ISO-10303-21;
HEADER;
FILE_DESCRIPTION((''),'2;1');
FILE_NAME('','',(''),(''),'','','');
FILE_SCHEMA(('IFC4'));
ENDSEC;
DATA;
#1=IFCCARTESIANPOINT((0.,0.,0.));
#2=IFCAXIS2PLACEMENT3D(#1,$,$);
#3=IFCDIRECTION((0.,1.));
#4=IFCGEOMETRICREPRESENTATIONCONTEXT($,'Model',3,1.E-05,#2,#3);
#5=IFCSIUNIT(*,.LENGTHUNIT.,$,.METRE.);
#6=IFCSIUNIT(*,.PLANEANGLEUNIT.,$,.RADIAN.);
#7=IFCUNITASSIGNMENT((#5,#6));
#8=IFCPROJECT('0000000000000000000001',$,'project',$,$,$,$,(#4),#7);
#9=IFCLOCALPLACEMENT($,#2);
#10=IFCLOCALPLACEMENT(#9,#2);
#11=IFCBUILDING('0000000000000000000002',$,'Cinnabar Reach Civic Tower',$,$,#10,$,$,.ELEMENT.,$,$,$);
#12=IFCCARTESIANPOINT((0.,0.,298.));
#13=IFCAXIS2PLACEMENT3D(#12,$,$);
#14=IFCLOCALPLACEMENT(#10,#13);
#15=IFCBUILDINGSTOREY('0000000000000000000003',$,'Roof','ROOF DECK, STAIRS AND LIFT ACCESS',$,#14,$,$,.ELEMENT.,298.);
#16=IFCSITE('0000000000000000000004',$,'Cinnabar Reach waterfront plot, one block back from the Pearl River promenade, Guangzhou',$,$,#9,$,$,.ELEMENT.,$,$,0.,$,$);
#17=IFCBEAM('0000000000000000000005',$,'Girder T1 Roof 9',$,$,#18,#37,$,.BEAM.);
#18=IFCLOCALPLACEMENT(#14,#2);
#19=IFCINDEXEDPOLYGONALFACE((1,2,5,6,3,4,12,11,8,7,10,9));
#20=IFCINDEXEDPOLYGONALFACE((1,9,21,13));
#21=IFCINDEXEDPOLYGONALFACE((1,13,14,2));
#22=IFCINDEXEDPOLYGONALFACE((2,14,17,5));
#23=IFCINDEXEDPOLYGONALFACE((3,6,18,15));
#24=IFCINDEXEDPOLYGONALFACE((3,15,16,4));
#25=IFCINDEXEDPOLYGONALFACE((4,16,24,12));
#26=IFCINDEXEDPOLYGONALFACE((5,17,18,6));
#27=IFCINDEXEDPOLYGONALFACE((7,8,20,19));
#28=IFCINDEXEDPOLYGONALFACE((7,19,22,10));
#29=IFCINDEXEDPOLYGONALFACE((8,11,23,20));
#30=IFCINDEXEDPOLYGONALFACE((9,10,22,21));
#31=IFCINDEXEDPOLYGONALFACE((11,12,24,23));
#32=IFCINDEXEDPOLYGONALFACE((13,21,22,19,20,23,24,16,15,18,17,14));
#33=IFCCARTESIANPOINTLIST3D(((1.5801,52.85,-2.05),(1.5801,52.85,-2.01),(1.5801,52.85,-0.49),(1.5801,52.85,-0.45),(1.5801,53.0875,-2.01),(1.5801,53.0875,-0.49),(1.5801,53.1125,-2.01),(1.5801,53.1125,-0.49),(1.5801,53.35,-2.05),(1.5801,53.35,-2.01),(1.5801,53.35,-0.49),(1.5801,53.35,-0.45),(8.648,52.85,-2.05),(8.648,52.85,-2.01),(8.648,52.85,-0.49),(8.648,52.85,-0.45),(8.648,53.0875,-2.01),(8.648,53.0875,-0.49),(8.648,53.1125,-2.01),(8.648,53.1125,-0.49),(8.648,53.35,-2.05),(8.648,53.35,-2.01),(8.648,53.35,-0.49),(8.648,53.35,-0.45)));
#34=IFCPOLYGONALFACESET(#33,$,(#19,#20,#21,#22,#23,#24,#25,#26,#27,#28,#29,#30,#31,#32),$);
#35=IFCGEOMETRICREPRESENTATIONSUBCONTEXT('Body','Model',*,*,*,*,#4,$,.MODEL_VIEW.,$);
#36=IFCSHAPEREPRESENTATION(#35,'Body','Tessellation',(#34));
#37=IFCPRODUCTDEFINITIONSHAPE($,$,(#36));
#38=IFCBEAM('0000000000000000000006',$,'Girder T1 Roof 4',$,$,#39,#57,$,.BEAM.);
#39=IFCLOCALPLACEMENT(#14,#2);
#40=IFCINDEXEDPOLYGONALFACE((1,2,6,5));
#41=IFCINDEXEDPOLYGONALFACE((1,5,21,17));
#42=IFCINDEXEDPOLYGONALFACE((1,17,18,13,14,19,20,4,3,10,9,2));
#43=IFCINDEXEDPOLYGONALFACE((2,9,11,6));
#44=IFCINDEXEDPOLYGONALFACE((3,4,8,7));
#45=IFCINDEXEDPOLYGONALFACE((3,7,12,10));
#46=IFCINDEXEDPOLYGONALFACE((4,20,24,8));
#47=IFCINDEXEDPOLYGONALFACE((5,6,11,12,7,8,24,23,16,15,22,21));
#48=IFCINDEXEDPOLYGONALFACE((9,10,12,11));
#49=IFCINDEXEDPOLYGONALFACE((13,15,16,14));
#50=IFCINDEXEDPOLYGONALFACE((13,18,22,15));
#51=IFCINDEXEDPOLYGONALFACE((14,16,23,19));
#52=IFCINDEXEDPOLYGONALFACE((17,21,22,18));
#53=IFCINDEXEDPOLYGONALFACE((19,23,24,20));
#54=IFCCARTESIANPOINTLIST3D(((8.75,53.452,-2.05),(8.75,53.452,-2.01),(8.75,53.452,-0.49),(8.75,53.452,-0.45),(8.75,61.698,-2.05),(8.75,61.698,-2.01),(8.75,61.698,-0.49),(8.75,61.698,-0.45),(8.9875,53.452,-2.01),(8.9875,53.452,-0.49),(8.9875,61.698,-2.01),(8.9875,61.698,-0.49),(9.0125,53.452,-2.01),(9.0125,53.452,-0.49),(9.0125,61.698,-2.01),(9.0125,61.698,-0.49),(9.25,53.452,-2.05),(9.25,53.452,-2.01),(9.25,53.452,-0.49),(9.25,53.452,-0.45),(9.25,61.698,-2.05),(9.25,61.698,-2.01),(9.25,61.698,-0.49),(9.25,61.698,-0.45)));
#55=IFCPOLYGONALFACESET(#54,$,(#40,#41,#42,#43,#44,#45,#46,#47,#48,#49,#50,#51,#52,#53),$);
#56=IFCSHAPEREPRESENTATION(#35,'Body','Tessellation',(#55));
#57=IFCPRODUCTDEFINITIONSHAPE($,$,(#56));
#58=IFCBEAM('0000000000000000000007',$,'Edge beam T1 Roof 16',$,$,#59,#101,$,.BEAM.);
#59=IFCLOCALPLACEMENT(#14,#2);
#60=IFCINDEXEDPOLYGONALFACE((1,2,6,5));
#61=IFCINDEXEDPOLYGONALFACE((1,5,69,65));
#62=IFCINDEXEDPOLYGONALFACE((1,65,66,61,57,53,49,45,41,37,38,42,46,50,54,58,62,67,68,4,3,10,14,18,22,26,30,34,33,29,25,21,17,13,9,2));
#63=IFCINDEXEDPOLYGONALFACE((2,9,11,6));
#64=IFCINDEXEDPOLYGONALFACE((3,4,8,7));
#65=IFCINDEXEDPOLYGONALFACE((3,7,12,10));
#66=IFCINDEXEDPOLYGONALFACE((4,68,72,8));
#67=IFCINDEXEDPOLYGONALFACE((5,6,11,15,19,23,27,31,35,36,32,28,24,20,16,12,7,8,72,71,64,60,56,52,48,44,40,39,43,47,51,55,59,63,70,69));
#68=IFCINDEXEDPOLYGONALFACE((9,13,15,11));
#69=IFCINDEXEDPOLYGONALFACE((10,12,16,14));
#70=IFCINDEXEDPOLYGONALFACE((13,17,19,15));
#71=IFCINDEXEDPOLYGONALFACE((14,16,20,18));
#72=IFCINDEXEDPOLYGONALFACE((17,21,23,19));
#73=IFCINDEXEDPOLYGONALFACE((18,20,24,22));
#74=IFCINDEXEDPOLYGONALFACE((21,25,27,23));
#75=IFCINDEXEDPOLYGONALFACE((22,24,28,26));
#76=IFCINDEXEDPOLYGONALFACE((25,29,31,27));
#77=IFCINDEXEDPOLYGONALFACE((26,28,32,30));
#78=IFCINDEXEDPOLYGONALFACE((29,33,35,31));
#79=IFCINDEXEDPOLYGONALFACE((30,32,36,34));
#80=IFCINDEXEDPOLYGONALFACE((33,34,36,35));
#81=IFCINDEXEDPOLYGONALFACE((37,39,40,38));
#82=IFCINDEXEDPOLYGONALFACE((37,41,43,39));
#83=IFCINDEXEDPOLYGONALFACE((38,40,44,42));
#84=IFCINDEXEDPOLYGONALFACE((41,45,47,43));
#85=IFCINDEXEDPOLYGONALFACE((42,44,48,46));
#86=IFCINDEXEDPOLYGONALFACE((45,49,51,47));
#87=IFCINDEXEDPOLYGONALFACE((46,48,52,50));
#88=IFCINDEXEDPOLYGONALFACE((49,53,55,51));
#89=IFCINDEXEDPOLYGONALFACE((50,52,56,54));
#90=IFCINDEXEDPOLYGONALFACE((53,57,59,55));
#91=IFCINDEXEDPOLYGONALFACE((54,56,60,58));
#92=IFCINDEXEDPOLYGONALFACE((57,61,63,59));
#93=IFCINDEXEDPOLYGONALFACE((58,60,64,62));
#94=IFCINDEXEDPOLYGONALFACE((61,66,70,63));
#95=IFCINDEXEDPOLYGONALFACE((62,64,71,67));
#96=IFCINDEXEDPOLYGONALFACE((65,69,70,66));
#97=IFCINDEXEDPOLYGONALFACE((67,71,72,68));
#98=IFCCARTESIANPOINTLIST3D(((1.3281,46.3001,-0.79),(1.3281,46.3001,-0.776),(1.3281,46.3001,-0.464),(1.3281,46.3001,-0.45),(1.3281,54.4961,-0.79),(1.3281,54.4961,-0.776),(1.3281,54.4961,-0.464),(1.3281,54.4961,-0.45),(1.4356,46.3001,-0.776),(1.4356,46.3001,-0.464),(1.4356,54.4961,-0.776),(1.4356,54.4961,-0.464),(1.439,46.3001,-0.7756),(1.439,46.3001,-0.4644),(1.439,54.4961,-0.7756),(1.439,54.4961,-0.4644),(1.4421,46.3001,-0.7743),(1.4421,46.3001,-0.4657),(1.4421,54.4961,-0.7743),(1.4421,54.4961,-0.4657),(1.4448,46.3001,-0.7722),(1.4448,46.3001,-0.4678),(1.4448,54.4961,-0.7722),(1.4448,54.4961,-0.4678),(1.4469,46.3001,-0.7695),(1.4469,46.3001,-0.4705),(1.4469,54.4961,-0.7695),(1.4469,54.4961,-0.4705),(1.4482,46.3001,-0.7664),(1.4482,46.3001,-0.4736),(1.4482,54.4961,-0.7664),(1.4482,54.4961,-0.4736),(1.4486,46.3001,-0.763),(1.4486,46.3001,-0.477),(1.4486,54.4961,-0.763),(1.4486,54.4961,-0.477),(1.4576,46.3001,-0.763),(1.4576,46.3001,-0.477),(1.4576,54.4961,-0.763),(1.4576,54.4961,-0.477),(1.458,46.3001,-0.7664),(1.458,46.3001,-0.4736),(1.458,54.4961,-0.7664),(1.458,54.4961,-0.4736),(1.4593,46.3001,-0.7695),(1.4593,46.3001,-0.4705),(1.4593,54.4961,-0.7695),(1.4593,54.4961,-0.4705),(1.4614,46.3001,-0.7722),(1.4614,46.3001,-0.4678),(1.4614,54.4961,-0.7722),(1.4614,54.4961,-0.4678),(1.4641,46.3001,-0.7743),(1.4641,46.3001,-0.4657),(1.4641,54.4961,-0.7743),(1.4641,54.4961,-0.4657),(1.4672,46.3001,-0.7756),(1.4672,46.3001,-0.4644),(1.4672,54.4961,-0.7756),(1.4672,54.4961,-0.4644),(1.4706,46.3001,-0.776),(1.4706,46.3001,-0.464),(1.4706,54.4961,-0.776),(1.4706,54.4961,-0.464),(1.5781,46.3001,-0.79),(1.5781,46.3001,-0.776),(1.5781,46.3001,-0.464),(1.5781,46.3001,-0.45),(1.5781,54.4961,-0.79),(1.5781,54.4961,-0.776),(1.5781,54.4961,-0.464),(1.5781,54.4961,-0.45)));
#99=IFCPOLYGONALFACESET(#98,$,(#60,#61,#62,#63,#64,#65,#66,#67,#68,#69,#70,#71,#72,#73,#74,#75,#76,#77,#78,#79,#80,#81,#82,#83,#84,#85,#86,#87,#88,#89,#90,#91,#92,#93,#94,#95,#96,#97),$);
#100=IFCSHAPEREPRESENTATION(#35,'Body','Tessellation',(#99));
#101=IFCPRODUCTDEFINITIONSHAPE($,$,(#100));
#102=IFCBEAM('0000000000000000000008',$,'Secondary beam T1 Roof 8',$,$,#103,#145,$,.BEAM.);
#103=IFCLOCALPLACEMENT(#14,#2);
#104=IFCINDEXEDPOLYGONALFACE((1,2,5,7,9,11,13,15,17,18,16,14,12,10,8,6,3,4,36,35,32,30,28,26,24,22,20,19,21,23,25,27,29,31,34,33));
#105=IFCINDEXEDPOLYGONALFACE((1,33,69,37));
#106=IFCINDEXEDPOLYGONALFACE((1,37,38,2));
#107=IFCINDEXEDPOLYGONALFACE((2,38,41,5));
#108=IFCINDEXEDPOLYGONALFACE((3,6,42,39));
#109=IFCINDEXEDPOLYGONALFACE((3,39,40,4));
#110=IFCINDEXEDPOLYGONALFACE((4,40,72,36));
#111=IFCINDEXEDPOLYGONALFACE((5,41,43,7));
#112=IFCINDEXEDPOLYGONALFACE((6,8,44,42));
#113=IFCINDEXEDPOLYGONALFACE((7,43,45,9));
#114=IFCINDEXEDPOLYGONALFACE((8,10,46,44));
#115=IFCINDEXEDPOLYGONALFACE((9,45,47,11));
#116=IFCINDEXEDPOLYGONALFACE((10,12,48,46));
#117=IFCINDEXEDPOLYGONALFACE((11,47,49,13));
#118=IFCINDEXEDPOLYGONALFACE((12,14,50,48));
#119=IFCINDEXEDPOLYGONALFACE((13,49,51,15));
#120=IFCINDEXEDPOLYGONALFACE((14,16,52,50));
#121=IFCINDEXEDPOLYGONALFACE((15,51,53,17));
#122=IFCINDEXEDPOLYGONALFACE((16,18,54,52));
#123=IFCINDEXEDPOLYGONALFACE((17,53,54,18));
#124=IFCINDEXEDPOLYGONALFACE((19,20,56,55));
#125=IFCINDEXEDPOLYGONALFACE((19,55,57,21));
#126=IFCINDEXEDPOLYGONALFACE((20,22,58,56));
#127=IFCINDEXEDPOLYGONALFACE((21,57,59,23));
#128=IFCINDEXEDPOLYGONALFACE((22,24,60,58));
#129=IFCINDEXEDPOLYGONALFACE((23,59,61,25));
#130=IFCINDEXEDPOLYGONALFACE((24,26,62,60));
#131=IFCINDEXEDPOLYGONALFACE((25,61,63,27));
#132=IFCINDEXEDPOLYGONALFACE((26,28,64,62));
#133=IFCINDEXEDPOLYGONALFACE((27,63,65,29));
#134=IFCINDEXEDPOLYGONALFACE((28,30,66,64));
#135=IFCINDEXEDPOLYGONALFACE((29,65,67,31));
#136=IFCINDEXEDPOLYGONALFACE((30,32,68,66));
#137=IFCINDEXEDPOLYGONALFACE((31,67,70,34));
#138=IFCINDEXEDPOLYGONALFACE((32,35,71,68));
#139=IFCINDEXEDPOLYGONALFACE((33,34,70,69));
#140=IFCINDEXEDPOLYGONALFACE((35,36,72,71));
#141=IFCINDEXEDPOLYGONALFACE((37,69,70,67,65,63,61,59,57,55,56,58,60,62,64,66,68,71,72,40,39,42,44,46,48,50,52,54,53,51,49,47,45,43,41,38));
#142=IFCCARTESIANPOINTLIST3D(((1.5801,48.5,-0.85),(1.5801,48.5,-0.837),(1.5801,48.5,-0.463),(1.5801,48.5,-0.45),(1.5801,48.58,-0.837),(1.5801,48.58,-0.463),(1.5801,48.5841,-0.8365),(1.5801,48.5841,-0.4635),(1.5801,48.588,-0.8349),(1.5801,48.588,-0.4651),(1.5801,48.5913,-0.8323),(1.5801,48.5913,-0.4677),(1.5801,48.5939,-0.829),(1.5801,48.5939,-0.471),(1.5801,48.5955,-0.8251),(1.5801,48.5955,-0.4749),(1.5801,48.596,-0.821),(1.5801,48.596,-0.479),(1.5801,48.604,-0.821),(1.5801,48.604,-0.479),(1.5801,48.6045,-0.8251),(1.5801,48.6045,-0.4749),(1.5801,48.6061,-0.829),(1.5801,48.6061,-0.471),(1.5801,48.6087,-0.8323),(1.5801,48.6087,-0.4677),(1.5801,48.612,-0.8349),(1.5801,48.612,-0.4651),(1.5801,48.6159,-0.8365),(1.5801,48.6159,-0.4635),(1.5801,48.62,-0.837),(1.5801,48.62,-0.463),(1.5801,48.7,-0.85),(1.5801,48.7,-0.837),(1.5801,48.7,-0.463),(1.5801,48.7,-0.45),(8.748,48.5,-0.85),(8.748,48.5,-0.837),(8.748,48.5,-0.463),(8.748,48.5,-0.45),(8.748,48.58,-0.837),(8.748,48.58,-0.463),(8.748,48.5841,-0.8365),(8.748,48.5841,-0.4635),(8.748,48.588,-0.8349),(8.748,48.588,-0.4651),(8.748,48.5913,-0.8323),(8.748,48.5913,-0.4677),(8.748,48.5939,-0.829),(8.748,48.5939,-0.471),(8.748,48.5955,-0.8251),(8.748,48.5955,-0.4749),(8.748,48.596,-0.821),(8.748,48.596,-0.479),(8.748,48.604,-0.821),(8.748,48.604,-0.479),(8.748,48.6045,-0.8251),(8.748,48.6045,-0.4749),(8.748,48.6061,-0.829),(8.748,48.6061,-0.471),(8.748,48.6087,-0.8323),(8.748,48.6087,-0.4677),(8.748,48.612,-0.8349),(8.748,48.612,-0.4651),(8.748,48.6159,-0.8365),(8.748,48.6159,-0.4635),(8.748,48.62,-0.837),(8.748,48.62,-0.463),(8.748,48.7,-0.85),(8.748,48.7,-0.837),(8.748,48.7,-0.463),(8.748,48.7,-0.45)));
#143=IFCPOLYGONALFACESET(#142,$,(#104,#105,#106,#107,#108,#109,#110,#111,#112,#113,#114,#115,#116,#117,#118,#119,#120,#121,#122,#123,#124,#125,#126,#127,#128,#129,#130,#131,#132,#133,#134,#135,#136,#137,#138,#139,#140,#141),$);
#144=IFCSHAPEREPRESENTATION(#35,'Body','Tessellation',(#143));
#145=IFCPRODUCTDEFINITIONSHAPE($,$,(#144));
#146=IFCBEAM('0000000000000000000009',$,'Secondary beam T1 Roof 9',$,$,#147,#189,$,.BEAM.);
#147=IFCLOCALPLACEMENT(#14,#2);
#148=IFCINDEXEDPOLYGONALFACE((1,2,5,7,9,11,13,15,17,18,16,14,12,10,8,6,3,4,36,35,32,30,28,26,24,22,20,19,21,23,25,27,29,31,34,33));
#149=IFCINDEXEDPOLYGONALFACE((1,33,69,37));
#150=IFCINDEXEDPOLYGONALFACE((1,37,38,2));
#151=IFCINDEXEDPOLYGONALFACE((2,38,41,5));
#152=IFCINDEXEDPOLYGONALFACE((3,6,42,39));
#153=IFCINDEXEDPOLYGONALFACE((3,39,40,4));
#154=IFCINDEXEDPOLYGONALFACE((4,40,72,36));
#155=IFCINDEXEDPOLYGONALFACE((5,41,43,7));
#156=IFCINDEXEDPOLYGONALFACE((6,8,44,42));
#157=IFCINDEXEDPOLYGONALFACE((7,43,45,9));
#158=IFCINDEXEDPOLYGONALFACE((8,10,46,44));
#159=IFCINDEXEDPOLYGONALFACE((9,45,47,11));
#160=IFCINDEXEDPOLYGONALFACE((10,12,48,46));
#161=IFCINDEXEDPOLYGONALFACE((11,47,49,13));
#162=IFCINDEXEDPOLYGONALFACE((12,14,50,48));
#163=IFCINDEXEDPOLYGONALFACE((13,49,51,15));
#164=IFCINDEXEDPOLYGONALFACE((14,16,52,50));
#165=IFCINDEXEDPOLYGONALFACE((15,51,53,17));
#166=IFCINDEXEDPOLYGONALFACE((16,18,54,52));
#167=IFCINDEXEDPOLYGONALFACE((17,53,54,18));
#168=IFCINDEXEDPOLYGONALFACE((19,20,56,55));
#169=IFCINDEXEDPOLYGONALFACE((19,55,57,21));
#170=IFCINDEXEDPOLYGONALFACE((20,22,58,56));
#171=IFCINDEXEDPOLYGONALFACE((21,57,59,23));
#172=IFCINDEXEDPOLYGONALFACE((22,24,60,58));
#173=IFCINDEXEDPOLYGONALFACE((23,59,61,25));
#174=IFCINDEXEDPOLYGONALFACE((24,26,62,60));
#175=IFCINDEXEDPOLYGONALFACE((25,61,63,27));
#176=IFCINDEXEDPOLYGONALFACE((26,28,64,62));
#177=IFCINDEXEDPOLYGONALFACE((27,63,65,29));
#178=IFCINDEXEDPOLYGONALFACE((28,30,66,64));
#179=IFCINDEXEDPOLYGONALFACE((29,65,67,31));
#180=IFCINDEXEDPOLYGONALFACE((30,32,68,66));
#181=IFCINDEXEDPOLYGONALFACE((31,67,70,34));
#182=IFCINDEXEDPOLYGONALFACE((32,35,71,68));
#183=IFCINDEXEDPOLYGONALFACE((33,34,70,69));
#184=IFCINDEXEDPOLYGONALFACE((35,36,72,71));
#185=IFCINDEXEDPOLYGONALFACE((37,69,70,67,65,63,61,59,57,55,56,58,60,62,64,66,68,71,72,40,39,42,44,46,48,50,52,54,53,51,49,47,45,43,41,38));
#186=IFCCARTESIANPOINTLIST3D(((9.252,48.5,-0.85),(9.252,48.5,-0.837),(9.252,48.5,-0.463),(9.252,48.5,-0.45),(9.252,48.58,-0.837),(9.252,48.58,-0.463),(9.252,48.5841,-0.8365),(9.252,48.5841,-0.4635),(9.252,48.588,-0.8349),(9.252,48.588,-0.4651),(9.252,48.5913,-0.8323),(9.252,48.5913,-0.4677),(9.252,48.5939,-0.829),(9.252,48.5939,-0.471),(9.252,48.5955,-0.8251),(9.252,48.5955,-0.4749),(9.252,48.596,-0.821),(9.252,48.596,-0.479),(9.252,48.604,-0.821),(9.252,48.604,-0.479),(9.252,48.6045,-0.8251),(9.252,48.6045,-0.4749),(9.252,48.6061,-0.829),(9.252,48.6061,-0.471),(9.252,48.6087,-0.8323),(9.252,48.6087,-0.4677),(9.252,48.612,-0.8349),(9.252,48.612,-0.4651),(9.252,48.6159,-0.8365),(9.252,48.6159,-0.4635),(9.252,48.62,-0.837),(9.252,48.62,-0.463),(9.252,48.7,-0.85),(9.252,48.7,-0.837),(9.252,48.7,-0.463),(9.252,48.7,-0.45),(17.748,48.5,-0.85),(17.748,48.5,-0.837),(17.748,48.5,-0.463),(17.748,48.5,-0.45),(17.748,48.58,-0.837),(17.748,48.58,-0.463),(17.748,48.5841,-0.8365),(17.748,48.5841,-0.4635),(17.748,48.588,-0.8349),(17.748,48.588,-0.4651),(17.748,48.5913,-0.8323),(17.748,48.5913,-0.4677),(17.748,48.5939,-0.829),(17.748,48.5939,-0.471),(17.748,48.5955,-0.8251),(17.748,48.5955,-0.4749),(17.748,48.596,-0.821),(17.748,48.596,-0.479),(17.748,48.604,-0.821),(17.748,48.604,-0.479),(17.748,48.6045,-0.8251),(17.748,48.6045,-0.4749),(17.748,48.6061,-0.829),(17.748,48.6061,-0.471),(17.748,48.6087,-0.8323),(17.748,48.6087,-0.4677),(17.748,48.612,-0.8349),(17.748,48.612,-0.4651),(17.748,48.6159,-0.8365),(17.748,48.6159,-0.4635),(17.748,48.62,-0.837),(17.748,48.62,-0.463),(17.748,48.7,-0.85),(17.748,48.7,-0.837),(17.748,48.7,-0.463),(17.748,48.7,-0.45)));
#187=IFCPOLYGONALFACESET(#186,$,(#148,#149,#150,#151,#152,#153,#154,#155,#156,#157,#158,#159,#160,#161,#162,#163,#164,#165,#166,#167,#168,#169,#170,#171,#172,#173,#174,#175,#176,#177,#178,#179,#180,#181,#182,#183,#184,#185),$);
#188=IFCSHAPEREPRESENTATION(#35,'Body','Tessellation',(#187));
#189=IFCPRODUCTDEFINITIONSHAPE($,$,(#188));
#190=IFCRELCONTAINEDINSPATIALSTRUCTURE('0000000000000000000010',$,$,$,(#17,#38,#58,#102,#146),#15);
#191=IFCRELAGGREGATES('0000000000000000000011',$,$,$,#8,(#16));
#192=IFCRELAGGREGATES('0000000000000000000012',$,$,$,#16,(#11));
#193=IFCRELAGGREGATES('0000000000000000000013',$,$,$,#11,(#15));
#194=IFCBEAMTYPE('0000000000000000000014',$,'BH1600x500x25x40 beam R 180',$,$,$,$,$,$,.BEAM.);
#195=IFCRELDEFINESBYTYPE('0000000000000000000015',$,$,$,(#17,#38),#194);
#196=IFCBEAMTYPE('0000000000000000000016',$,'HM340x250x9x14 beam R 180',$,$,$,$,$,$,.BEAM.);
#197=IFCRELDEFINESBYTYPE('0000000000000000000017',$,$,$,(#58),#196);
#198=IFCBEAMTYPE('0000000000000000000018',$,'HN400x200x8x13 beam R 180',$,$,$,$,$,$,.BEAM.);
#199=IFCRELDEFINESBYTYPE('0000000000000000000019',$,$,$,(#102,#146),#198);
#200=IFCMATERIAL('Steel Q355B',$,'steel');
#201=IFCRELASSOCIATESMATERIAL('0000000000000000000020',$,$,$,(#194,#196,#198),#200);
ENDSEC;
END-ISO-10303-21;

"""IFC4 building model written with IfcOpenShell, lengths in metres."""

from ifc_helpers import new_model, si_unit, direction, frame, origin, origin_2d, place, context, subcontext, project, spatial, i_section, extrude, material, material_profile, profile_set, type_object, element, save


model = new_model("IFC4")

# Units and contexts
model_context = context("Model", 3, precision=1e-05, world=origin(), true_north=direction((0.0, 1.0)))
body_context = subcontext(model_context, "Body", "Model", "MODEL_VIEW")
ifc_project = project(units=[si_unit("LENGTHUNIT", "METRE"), si_unit("PLANEANGLEUNIT", "RADIAN")], contexts=[model_context])

# Site, building, storey
site_placement = place(None, origin())
site = spatial("IfcSite", under=ifc_project, at=site_placement, Name="Cinnabar Reach waterfront plot, one block back from the Pearl River promenade, Guangzhou", CompositionType="ELEMENT", RefElevation=0.0)
building_placement = place(site_placement, origin())
building = spatial("IfcBuilding", under=site, at=building_placement, Name="Cinnabar Reach Civic Tower", CompositionType="ELEMENT")
storey_placement = place(building_placement, frame((0.0, 0.0, 298.0)))
storey = spatial("IfcBuildingStorey", under=building, at=storey_placement, Name="Roof", Description="ROOF DECK, STAIRS AND LIFT ACCESS", CompositionType="ELEMENT", Elevation=298.0)

# Shared definitions
ifc_material_1 = material(Name="Steel Q355B", Category="steel")

# Beams
ifc_material_profile_1 = material_profile(ifc_material_1, i_section(OverallWidth=0.5, OverallDepth=1.6, WebThickness=0.025, FlangeThickness=0.04, at=origin_2d()), Name="BH1600x500x25x40")
ifc_profile_set_1 = profile_set([ifc_material_profile_1], Name="Steel Q355B")
beam_type_1 = type_object("IfcBeamType", Name="BH1600x500x25x40 beam R 180", PredefinedType="BEAM", material=ifc_profile_set_1)
beam_1_placement = place(storey_placement, frame((1.5801, 53.1, -1.25), z_axis=(1.0, 0.0, 0.0), x_axis=(0.0, 1.0, 0.0)))
element("IfcBeam", 1, at=beam_1_placement, inside=storey, type_object=beam_type_1, Name="Girder T1 Roof 9", PredefinedType="BEAM", context=body_context, shape_type="SweptSolid", body=[
    extrude(i_section(OverallWidth=0.5, OverallDepth=1.6, WebThickness=0.025, FlangeThickness=0.04, at=origin_2d()), origin(), (0.0, 0.0, 1.0), 7.0679),
])
beam_2_placement = place(storey_placement, frame((9.0, 53.452, -1.25), z_axis=(0.0, 1.0, 0.0), x_axis=(-1.0, 0.0, 0.0)))
element("IfcBeam", 2, at=beam_2_placement, inside=storey, type_object=beam_type_1, Name="Girder T1 Roof 4", PredefinedType="BEAM", context=body_context, shape_type="SweptSolid", body=[
    extrude(i_section(OverallWidth=0.5, OverallDepth=1.6, WebThickness=0.025, FlangeThickness=0.04, at=origin_2d()), origin(), (0.0, 0.0, 1.0), 8.246),
])
ifc_material_profile_2 = material_profile(ifc_material_1, i_section(OverallWidth=0.25, OverallDepth=0.34, WebThickness=0.009, FlangeThickness=0.014, FilletRadius=0.013, at=origin_2d()), Name="HM340x250x9x14")
ifc_profile_set_2 = profile_set([ifc_material_profile_2], Name="Steel Q355B")
beam_type_2 = type_object("IfcBeamType", Name="HM340x250x9x14 beam R 180", PredefinedType="BEAM", material=ifc_profile_set_2)
beam_3_placement = place(storey_placement, frame((1.4531, 54.4961, -0.62), z_axis=(0.0, -1.0, 0.0), x_axis=(1.0, 0.0, 0.0)))
element("IfcBeam", 3, at=beam_3_placement, inside=storey, type_object=beam_type_2, Name="Edge beam T1 Roof 16", PredefinedType="BEAM", context=body_context, shape_type="SweptSolid", body=[
    extrude(i_section(OverallWidth=0.25, OverallDepth=0.34, WebThickness=0.009, FlangeThickness=0.014, FilletRadius=0.013, at=origin_2d()), origin(), (0.0, 0.0, 1.0), 8.196),
])
ifc_material_profile_3 = material_profile(ifc_material_1, i_section(OverallWidth=0.2, OverallDepth=0.4, WebThickness=0.008, FlangeThickness=0.013, FilletRadius=0.016, at=origin_2d()), Name="HN400x200x8x13")
ifc_profile_set_3 = profile_set([ifc_material_profile_3], Name="Steel Q355B")
beam_type_3 = type_object("IfcBeamType", Name="HN400x200x8x13 beam R 180", PredefinedType="BEAM", material=ifc_profile_set_3)
beam_4_placement = place(storey_placement, frame((1.5801, 48.6, -0.65), z_axis=(1.0, 0.0, 0.0), x_axis=(0.0, 1.0, 0.0)))
element("IfcBeam", 4, at=beam_4_placement, inside=storey, type_object=beam_type_3, Name="Secondary beam T1 Roof 8", PredefinedType="BEAM", context=body_context, shape_type="SweptSolid", body=[
    extrude(i_section(OverallWidth=0.2, OverallDepth=0.4, WebThickness=0.008, FlangeThickness=0.013, FilletRadius=0.016, at=origin_2d()), origin(), (0.0, 0.0, 1.0), 7.1679),
])
beam_5_placement = place(storey_placement, frame((9.252, 48.6, -0.65), z_axis=(1.0, 0.0, 0.0), x_axis=(0.0, 1.0, 0.0)))
element("IfcBeam", 5, at=beam_5_placement, inside=storey, type_object=beam_type_3, Name="Secondary beam T1 Roof 9", PredefinedType="BEAM", context=body_context, shape_type="SweptSolid", body=[
    extrude(i_section(OverallWidth=0.2, OverallDepth=0.4, WebThickness=0.008, FlangeThickness=0.013, FilletRadius=0.016, at=origin_2d()), origin(), (0.0, 0.0, 1.0), 8.496),
])

save(model, "model.ifc")
